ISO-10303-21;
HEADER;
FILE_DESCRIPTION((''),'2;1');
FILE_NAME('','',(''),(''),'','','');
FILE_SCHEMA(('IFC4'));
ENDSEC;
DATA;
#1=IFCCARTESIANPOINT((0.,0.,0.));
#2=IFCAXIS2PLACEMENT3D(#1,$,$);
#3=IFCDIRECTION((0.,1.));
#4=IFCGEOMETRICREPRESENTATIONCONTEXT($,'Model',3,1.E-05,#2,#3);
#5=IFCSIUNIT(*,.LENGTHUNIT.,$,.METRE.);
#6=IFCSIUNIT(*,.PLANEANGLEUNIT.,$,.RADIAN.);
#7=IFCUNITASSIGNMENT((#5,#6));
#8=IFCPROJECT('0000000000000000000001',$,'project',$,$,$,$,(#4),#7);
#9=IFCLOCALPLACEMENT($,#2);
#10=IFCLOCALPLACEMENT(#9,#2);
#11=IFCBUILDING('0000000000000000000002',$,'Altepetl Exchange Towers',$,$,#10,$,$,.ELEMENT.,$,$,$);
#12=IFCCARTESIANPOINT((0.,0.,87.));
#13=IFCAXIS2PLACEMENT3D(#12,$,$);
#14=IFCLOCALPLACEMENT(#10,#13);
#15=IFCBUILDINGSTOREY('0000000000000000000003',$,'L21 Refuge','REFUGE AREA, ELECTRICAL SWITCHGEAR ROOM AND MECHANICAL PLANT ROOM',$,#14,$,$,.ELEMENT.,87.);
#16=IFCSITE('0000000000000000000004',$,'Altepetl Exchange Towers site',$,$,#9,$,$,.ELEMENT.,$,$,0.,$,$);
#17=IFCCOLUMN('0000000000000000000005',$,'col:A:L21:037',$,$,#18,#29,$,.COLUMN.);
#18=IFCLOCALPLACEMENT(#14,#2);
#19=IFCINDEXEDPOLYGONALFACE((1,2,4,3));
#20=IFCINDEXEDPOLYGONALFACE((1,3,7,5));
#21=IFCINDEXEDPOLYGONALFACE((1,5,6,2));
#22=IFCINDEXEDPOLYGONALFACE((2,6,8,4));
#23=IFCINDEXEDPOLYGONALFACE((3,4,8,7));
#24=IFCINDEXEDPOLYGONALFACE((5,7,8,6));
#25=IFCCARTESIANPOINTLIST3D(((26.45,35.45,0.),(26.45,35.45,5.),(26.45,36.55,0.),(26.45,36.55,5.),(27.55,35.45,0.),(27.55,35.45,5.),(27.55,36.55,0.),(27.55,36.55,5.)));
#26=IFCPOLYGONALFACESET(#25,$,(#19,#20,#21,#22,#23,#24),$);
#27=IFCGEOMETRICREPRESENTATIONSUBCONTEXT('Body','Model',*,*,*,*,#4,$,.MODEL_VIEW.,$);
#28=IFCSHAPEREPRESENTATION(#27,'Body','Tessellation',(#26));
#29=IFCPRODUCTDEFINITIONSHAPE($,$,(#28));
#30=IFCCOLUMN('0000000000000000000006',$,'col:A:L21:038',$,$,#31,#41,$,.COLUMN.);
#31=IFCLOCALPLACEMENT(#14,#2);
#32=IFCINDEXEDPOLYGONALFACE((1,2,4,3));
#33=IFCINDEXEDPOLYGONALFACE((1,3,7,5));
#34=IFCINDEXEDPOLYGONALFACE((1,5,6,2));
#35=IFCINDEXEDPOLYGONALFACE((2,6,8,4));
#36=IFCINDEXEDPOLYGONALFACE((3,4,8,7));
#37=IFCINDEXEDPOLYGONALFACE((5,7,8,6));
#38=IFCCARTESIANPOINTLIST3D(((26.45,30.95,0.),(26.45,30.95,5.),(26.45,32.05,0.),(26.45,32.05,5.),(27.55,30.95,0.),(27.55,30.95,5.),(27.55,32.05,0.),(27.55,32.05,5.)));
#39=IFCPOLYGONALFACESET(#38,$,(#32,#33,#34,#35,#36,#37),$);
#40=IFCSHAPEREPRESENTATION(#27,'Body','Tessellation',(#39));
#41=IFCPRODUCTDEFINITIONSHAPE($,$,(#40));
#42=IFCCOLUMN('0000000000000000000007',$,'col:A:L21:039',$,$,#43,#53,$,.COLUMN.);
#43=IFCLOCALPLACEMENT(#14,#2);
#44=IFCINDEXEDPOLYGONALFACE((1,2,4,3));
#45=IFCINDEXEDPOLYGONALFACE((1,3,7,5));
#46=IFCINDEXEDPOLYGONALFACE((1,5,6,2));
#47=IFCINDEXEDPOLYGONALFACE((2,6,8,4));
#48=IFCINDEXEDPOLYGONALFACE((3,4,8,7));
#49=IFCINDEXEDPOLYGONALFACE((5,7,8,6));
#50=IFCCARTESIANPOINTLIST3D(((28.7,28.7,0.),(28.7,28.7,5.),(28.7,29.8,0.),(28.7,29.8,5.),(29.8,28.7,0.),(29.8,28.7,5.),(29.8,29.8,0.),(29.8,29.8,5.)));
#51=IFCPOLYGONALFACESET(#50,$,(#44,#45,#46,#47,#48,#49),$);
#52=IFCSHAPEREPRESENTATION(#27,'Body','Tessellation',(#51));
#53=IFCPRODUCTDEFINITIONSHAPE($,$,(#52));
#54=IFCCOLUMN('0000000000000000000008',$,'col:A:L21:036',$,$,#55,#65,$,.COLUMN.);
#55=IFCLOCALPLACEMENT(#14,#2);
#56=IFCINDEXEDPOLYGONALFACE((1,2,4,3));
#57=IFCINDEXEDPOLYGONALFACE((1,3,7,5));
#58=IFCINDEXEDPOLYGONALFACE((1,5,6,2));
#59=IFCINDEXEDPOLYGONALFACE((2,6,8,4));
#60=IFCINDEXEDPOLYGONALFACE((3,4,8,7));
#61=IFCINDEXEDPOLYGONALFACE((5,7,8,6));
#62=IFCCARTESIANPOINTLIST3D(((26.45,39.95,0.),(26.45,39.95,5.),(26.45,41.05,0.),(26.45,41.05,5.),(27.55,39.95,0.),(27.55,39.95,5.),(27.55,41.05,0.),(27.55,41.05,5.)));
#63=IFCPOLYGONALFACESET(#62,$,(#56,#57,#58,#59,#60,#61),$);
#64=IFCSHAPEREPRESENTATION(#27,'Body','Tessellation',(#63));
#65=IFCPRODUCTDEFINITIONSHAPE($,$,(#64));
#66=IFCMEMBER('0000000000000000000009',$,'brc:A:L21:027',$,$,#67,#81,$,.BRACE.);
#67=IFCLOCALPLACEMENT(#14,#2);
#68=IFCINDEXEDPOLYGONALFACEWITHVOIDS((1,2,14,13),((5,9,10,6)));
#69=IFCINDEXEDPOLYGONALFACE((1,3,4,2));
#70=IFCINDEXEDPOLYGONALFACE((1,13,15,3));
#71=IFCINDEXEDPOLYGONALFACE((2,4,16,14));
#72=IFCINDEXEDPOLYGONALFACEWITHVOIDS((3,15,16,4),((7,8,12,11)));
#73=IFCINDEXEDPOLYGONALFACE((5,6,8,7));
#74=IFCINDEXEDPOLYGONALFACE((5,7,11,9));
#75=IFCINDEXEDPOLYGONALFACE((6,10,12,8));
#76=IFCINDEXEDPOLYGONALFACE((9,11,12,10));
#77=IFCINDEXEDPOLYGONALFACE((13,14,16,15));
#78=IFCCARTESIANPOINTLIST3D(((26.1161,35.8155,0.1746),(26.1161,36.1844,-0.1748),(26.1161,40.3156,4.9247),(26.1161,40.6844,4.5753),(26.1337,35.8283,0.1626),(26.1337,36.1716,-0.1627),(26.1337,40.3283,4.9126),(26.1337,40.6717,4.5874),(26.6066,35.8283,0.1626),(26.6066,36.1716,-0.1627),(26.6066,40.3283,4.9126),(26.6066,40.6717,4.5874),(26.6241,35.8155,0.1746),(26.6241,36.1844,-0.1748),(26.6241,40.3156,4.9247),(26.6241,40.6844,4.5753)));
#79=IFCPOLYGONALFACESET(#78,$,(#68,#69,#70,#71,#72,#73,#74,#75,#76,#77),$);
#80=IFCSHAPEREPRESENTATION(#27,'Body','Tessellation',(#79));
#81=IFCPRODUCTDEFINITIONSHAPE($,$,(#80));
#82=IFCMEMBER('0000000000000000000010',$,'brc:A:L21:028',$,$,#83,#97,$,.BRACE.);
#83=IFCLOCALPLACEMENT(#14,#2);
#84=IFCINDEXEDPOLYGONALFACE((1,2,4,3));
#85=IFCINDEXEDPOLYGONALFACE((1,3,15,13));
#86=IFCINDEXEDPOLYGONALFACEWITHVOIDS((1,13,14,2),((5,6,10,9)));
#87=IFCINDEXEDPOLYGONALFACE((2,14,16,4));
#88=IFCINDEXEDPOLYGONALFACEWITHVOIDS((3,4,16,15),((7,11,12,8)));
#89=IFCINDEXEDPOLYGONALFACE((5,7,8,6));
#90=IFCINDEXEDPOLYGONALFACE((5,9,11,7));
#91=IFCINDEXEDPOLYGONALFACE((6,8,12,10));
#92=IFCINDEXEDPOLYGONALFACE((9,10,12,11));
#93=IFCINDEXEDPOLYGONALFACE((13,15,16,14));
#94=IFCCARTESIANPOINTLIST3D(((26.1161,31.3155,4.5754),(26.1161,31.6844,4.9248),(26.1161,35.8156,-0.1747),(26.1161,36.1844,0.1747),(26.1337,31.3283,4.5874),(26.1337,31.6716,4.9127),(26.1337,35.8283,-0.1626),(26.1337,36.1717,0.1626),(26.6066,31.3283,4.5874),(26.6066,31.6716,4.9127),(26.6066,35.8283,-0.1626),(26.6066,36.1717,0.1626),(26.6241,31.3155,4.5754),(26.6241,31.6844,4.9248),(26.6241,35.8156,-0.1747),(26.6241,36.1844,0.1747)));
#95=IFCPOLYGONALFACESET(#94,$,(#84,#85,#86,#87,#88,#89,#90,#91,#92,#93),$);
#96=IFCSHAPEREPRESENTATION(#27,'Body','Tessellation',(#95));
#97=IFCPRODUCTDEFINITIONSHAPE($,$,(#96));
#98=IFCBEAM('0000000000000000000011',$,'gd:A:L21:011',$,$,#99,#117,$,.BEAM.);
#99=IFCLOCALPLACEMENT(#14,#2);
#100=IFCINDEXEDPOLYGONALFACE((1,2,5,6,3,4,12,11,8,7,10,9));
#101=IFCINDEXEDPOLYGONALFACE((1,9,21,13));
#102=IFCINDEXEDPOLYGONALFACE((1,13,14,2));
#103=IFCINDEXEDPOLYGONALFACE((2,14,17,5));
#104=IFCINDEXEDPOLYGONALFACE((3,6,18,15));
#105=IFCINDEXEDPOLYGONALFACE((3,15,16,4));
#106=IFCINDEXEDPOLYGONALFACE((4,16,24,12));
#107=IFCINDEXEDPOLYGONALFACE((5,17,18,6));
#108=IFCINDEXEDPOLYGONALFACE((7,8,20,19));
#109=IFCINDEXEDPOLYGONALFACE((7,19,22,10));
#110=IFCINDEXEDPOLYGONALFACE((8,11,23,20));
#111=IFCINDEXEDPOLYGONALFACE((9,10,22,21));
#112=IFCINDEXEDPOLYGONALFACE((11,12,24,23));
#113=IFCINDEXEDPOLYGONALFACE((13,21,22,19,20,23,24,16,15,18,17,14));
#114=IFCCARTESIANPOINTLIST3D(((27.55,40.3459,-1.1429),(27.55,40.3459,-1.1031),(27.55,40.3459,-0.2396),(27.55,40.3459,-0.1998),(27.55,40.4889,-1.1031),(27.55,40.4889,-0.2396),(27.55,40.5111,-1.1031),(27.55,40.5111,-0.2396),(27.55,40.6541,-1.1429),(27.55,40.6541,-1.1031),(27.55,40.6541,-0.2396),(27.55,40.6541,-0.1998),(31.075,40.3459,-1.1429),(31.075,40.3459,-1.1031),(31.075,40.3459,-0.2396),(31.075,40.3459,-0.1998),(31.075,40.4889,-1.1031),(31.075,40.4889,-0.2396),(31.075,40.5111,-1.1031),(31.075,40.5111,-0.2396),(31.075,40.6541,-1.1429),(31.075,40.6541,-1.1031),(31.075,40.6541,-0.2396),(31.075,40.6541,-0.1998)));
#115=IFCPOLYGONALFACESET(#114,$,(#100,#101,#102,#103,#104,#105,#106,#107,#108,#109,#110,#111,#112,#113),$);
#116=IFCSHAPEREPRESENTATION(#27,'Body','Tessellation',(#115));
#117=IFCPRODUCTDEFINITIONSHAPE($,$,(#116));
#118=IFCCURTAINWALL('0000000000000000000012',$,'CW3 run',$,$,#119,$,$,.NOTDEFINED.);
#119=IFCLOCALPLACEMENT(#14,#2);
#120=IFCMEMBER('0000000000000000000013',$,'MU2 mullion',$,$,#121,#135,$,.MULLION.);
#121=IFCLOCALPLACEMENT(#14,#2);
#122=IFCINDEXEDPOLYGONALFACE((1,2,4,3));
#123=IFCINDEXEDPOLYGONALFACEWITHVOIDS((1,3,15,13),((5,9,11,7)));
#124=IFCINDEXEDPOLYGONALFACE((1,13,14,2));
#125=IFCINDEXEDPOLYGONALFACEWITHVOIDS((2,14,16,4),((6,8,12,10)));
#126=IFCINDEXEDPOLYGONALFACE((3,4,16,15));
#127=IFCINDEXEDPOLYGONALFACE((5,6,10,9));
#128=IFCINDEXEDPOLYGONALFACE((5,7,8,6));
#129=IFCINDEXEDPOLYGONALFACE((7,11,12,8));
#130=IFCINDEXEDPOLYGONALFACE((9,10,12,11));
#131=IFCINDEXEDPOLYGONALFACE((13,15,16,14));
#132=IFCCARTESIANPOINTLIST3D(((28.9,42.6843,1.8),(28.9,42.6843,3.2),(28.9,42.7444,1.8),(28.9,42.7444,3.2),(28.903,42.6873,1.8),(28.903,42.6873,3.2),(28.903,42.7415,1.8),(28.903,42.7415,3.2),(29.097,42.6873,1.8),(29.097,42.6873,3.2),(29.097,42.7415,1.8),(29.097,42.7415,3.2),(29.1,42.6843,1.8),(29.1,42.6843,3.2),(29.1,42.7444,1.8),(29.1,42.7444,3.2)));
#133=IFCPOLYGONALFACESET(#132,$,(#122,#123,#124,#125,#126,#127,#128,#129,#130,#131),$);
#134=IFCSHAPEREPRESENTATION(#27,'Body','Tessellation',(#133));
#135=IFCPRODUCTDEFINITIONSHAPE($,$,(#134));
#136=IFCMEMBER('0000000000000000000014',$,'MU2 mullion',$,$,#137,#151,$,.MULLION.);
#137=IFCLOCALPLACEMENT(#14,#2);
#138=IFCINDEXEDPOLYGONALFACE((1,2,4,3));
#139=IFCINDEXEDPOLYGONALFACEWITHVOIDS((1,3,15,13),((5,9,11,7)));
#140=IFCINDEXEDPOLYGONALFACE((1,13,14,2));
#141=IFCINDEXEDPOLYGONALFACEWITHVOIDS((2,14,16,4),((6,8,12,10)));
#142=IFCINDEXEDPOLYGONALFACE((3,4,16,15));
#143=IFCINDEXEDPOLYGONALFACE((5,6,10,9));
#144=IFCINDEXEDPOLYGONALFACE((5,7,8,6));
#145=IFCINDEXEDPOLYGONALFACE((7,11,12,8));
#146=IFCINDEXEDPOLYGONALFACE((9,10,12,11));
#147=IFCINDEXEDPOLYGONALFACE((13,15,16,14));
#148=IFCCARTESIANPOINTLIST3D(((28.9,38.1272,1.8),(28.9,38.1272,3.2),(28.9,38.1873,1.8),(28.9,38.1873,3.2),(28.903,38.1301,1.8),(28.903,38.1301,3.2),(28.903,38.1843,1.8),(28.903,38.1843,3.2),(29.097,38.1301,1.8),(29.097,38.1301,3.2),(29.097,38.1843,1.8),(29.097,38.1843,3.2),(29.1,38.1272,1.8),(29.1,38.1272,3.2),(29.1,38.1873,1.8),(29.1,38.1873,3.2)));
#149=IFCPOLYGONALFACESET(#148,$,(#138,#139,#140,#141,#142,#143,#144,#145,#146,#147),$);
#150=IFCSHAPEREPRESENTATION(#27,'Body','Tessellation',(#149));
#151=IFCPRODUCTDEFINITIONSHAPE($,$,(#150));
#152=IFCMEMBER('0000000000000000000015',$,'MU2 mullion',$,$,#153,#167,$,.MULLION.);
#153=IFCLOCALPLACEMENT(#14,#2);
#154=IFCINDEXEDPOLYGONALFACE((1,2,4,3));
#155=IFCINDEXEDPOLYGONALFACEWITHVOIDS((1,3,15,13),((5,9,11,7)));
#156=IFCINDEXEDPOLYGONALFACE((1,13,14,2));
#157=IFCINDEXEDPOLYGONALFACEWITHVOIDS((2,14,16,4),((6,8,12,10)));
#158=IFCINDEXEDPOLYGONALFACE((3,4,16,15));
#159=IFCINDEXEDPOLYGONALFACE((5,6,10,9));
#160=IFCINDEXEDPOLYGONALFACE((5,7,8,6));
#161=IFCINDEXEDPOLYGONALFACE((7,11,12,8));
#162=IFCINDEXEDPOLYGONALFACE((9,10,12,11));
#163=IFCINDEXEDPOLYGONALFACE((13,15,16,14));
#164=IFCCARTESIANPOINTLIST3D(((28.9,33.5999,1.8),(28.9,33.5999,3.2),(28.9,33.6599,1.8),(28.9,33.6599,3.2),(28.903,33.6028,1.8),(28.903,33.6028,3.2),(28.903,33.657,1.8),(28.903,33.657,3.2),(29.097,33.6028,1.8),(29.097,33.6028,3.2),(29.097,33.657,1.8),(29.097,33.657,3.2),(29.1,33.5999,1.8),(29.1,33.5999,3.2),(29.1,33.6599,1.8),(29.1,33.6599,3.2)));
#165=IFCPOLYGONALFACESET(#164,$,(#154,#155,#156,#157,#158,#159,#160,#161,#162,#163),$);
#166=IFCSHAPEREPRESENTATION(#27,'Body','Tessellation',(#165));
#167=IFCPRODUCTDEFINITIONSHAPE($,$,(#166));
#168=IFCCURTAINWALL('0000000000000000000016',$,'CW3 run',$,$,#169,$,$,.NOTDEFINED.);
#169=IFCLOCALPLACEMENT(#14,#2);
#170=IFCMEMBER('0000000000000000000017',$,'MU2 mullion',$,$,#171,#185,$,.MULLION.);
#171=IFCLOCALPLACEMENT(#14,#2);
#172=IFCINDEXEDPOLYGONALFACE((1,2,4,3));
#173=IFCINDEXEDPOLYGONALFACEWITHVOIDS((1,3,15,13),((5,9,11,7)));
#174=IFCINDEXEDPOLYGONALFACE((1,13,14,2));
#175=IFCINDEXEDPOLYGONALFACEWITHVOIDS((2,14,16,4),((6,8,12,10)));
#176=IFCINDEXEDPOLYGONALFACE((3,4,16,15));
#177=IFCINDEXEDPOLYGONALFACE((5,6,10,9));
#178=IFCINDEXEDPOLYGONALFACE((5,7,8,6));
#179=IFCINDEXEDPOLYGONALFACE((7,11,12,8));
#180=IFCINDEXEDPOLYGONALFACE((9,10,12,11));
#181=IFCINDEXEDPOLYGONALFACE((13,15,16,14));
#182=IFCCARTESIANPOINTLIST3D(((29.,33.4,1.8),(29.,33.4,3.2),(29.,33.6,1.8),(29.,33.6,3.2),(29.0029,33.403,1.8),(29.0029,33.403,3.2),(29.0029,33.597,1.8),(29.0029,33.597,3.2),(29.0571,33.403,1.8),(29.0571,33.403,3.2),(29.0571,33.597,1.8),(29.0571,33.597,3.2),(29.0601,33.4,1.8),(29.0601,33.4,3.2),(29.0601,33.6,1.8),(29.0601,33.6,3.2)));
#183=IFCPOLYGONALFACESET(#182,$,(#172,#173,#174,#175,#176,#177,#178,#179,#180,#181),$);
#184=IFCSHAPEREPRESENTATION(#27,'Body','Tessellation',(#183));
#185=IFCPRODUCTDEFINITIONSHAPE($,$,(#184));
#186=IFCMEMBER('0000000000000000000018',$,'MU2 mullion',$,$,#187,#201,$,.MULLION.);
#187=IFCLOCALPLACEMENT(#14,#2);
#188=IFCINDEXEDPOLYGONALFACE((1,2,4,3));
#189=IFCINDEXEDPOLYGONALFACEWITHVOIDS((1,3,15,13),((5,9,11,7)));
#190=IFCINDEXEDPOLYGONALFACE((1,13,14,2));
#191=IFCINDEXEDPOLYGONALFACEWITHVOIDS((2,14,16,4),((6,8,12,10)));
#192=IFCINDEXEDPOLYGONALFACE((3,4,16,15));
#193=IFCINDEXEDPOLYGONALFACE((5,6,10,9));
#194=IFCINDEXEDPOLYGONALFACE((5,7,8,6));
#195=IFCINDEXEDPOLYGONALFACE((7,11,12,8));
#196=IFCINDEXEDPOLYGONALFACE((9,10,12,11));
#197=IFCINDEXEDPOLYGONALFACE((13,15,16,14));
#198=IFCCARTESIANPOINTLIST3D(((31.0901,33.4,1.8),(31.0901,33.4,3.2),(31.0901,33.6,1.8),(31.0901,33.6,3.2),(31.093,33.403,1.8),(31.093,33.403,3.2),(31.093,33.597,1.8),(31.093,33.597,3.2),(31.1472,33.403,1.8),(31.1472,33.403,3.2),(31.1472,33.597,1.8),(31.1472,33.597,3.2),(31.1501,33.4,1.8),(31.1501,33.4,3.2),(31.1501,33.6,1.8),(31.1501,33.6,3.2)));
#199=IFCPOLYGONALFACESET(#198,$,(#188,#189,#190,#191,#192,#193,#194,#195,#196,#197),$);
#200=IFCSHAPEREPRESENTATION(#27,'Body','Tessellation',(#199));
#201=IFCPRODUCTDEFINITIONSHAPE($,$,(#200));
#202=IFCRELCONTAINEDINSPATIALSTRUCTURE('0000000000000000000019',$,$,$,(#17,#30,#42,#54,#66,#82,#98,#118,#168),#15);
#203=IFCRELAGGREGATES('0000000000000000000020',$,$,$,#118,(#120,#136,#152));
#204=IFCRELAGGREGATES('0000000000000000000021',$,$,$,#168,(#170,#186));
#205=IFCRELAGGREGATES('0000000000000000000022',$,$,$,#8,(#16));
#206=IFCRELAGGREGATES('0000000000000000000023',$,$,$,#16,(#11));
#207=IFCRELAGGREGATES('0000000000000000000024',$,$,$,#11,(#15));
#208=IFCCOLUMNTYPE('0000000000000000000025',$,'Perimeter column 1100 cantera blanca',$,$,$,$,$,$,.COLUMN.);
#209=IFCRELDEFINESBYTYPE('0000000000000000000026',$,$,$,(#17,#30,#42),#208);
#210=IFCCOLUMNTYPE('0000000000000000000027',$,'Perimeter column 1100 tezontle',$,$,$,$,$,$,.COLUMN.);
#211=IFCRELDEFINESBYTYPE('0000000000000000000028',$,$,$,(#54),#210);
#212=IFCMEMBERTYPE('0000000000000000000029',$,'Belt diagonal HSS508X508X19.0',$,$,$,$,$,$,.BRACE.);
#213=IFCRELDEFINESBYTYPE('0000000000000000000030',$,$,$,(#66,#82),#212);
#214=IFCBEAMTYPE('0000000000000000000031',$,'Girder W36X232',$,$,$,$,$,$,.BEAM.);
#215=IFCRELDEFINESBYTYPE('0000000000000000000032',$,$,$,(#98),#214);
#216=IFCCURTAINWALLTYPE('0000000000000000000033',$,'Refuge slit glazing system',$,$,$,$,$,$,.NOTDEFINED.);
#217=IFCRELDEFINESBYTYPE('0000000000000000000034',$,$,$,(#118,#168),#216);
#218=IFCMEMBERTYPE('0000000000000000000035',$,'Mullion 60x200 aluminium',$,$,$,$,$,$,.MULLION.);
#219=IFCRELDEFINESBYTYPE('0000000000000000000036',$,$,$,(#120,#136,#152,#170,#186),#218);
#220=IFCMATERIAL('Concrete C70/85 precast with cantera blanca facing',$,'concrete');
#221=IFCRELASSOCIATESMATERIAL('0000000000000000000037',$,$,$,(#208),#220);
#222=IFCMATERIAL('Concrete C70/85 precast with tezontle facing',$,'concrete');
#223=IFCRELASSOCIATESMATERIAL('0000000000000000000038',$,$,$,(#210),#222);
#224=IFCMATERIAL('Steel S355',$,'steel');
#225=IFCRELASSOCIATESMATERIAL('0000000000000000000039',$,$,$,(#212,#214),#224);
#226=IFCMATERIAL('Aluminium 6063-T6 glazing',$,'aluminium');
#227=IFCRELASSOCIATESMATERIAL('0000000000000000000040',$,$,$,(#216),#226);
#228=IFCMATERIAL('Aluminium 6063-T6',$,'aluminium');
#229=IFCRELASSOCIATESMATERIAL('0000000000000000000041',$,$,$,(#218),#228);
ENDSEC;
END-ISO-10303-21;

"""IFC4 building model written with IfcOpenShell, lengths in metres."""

from ifc_helpers import new_model, si_unit, direction, frame, origin, origin_2d, place, context, subcontext, project, spatial, rectangle, hollow_rectangle, i_section, extrude, material, material_profile, profile_set, type_object, element, aggregate, save


model = new_model("IFC4")

# Units and contexts
model_context = context("Model", 3, precision=1e-05, world=origin(), true_north=direction((0.0, 1.0)))
body_context = subcontext(model_context, "Body", "Model", "MODEL_VIEW")
ifc_project = project(units=[si_unit("LENGTHUNIT", "METRE"), si_unit("PLANEANGLEUNIT", "RADIAN")], contexts=[model_context])

# Site, building, storey
site_placement = place(None, origin())
site = spatial("IfcSite", under=ifc_project, at=site_placement, Name="Altepetl Exchange Towers site", CompositionType="ELEMENT", RefElevation=0.0)
building_placement = place(site_placement, origin())
building = spatial("IfcBuilding", under=site, at=building_placement, Name="Altepetl Exchange Towers", CompositionType="ELEMENT")
storey_placement = place(building_placement, frame((0.0, 0.0, 87.0)))
storey = spatial("IfcBuildingStorey", under=building, at=storey_placement, Name="L21 Refuge", Description="REFUGE AREA, ELECTRICAL SWITCHGEAR ROOM AND MECHANICAL PLANT ROOM", CompositionType="ELEMENT", Elevation=87.0)

# Columns
ifc_material_1 = material(Name="Concrete C70/85 precast with cantera blanca facing", Category="concrete")
ifc_material_profile_1 = material_profile(ifc_material_1, rectangle(XDim=1.1001, YDim=1.1001, at=origin_2d()), Name="1100 x 1100")
ifc_profile_set_1 = profile_set([ifc_material_profile_1], Name="Concrete C70/85 precast with cantera blanca facing")
column_type_1 = type_object("IfcColumnType", Name="Perimeter column 1100 cantera blanca", PredefinedType="COLUMN", material=ifc_profile_set_1)
for number, where, name in (
    (1, (27.0, 36.0, 0.0), "col:A:L21:037"),
    (2, (27.0, 31.5, 0.0), "col:A:L21:038"),
    (3, (29.25, 29.25, 0.0), "col:A:L21:039"),
):
    element("IfcColumn", number, at=place(storey_placement, frame(where)), inside=storey, type_object=column_type_1, Name=name, PredefinedType="COLUMN", context=body_context, shape_type="SweptSolid", body=[
        extrude(rectangle(XDim=1.1001, YDim=1.1001, at=origin_2d()), origin(), (0.0, 0.0, 1.0), 5.0),
    ])
ifc_material_2 = material(Name="Concrete C70/85 precast with tezontle facing", Category="concrete")
ifc_material_profile_2 = material_profile(ifc_material_2, rectangle(XDim=1.1001, YDim=1.1001, at=origin_2d()), Name="1100 x 1100")
ifc_profile_set_2 = profile_set([ifc_material_profile_2], Name="Concrete C70/85 precast with tezontle facing")
column_type_2 = type_object("IfcColumnType", Name="Perimeter column 1100 tezontle", PredefinedType="COLUMN", material=ifc_profile_set_2)
column_placement = place(storey_placement, frame((27.0, 40.5, 0.0)))
element("IfcColumn", 4, at=column_placement, inside=storey, type_object=column_type_2, Name="col:A:L21:036", PredefinedType="COLUMN", context=body_context, shape_type="SweptSolid", body=[
    extrude(rectangle(XDim=1.1001, YDim=1.1001, at=origin_2d()), origin(), (0.0, 0.0, 1.0), 5.0),
])

# Members
ifc_material_3 = material(Name="Steel S355", Category="steel")
ifc_material_profile_3 = material_profile(ifc_material_3, hollow_rectangle(XDim=0.5081, YDim=0.5081, WallThickness=0.0176, at=origin_2d()), Name="HSS508X508X19.0")
ifc_profile_set_3 = profile_set([ifc_material_profile_3], Name="Steel S355")
member_type_1 = type_object("IfcMemberType", Name="Belt diagonal HSS508X508X19.0", PredefinedType="BRACE", material=ifc_profile_set_3)
for number, where, z_axis, x_axis, name in (
    (5, (26.3701, 40.5, 4.75), (0.0, -0.687745, -0.725953), (1.0, 0.0, 0.0), "brc:A:L21:027"),
    (6, (26.3701, 36.0, 0.0), (0.0, -0.687745, 0.725953), (1.0, 0.0, 0.0), "brc:A:L21:028"),
):
    element("IfcMember", number, at=place(storey_placement, frame(where, z_axis=z_axis, x_axis=x_axis)), inside=storey, type_object=member_type_1, Name=name, PredefinedType="BRACE", context=body_context, shape_type="SweptSolid", body=[
        extrude(hollow_rectangle(XDim=0.5081, YDim=0.5081, WallThickness=0.0176, at=origin_2d()), origin(), (0.0, 0.0, 1.0), 6.5432),
    ])

# Beam
ifc_material_profile_4 = material_profile(ifc_material_3, i_section(OverallWidth=0.3081, OverallDepth=0.9431, WebThickness=0.0222, FlangeThickness=0.0398, at=origin_2d()), Name="W36X232")
ifc_profile_set_4 = profile_set([ifc_material_profile_4], Name="Steel S355")
beam_type_1 = type_object("IfcBeamType", Name="Girder W36X232", PredefinedType="BEAM", material=ifc_profile_set_4)
beam_1_placement = place(storey_placement, frame((31.075, 40.5, -0.6714), z_axis=(-1.0, 0.0, 0.0), x_axis=(0.0, -1.0, 0.0)))
element("IfcBeam", 7, at=beam_1_placement, inside=storey, type_object=beam_type_1, Name="gd:A:L21:011", PredefinedType="BEAM", context=body_context, shape_type="SweptSolid", body=[
    extrude(i_section(OverallWidth=0.3081, OverallDepth=0.9431, WebThickness=0.0222, FlangeThickness=0.0398, at=origin_2d()), origin(), (0.0, 0.0, 1.0), 3.5249),
])

# Curtain walls, members
ifc_material_4 = material(Name="Aluminium 6063-T6 glazing", Category="aluminium")
curtain_wall_type = type_object("IfcCurtainWallType", Name="Refuge slit glazing system", PredefinedType="NOTDEFINED", material=ifc_material_4)
curtain_wall_1_placement = place(storey_placement, origin())
curtain_wall_1 = element("IfcCurtainWall", 8, at=curtain_wall_1_placement, inside=storey, type_object=curtain_wall_type, Name="CW3 run", PredefinedType="NOTDEFINED")
ifc_material_5 = material(Name="Aluminium 6063-T6", Category="aluminium")
ifc_material_profile_5 = material_profile(ifc_material_5, hollow_rectangle(XDim=0.0601, YDim=0.2, WallThickness=0.0029, at=origin_2d()), Name="Mullion 60x200 aluminium")
ifc_profile_set_5 = profile_set([ifc_material_profile_5], Name="Aluminium 6063-T6")
member_type_2 = type_object("IfcMemberType", Name="Mullion 60x200 aluminium", PredefinedType="MULLION", material=ifc_profile_set_5)
member_1_placement = place(storey_placement, frame((29.0, 42.7144, 1.8), z_axis=(0.0, 0.0, 1.0), x_axis=(0.0, -1.0, 0.0)))
member_1 = element("IfcMember", 9, at=member_1_placement, type_object=member_type_2, Name="MU2 mullion", PredefinedType="MULLION", context=body_context, shape_type="SweptSolid", body=[
    extrude(hollow_rectangle(XDim=0.0601, YDim=0.2, WallThickness=0.0029, at=origin_2d()), origin(), (0.0, 0.0, 1.0), 1.3999),
])
member_2_placement = place(storey_placement, frame((29.0, 38.1572, 1.8), z_axis=(0.0, 0.0, 1.0), x_axis=(0.0, -1.0, 0.0)))
member_2 = element("IfcMember", 10, at=member_2_placement, type_object=member_type_2, Name="MU2 mullion", PredefinedType="MULLION", context=body_context, shape_type="SweptSolid", body=[
    extrude(hollow_rectangle(XDim=0.0601, YDim=0.2, WallThickness=0.0029, at=origin_2d()), origin(), (0.0, 0.0, 1.0), 1.3999),
])
member_3_placement = place(storey_placement, frame((29.0, 33.6299, 1.8), z_axis=(0.0, 0.0, 1.0), x_axis=(0.0, -1.0, 0.0)))
member_3 = element("IfcMember", 11, at=member_3_placement, type_object=member_type_2, Name="MU2 mullion", PredefinedType="MULLION", context=body_context, shape_type="SweptSolid", body=[
    extrude(hollow_rectangle(XDim=0.0601, YDim=0.2, WallThickness=0.0029, at=origin_2d()), origin(), (0.0, 0.0, 1.0), 1.3999),
])
curtain_wall_2_placement = place(storey_placement, origin())
curtain_wall_2 = element("IfcCurtainWall", 12, at=curtain_wall_2_placement, inside=storey, type_object=curtain_wall_type, Name="CW3 run", PredefinedType="NOTDEFINED")
member_4_placement = place(storey_placement, frame((29.03, 33.5, 1.8)))
member_4 = element("IfcMember", 13, at=member_4_placement, type_object=member_type_2, Name="MU2 mullion", PredefinedType="MULLION", context=body_context, shape_type="SweptSolid", body=[
    extrude(hollow_rectangle(XDim=0.0601, YDim=0.2, WallThickness=0.0029, at=origin_2d()), origin(), (0.0, 0.0, 1.0), 1.3999),
])
member_5_placement = place(storey_placement, frame((31.1201, 33.5, 1.8)))
member_5 = element("IfcMember", 14, at=member_5_placement, type_object=member_type_2, Name="MU2 mullion", PredefinedType="MULLION", context=body_context, shape_type="SweptSolid", body=[
    extrude(hollow_rectangle(XDim=0.0601, YDim=0.2, WallThickness=0.0029, at=origin_2d()), origin(), (0.0, 0.0, 1.0), 1.3999),
])

aggregate(curtain_wall_1, [member_1, member_2, member_3])
aggregate(curtain_wall_2, [member_4, member_5])

save(model, "model.ifc")
